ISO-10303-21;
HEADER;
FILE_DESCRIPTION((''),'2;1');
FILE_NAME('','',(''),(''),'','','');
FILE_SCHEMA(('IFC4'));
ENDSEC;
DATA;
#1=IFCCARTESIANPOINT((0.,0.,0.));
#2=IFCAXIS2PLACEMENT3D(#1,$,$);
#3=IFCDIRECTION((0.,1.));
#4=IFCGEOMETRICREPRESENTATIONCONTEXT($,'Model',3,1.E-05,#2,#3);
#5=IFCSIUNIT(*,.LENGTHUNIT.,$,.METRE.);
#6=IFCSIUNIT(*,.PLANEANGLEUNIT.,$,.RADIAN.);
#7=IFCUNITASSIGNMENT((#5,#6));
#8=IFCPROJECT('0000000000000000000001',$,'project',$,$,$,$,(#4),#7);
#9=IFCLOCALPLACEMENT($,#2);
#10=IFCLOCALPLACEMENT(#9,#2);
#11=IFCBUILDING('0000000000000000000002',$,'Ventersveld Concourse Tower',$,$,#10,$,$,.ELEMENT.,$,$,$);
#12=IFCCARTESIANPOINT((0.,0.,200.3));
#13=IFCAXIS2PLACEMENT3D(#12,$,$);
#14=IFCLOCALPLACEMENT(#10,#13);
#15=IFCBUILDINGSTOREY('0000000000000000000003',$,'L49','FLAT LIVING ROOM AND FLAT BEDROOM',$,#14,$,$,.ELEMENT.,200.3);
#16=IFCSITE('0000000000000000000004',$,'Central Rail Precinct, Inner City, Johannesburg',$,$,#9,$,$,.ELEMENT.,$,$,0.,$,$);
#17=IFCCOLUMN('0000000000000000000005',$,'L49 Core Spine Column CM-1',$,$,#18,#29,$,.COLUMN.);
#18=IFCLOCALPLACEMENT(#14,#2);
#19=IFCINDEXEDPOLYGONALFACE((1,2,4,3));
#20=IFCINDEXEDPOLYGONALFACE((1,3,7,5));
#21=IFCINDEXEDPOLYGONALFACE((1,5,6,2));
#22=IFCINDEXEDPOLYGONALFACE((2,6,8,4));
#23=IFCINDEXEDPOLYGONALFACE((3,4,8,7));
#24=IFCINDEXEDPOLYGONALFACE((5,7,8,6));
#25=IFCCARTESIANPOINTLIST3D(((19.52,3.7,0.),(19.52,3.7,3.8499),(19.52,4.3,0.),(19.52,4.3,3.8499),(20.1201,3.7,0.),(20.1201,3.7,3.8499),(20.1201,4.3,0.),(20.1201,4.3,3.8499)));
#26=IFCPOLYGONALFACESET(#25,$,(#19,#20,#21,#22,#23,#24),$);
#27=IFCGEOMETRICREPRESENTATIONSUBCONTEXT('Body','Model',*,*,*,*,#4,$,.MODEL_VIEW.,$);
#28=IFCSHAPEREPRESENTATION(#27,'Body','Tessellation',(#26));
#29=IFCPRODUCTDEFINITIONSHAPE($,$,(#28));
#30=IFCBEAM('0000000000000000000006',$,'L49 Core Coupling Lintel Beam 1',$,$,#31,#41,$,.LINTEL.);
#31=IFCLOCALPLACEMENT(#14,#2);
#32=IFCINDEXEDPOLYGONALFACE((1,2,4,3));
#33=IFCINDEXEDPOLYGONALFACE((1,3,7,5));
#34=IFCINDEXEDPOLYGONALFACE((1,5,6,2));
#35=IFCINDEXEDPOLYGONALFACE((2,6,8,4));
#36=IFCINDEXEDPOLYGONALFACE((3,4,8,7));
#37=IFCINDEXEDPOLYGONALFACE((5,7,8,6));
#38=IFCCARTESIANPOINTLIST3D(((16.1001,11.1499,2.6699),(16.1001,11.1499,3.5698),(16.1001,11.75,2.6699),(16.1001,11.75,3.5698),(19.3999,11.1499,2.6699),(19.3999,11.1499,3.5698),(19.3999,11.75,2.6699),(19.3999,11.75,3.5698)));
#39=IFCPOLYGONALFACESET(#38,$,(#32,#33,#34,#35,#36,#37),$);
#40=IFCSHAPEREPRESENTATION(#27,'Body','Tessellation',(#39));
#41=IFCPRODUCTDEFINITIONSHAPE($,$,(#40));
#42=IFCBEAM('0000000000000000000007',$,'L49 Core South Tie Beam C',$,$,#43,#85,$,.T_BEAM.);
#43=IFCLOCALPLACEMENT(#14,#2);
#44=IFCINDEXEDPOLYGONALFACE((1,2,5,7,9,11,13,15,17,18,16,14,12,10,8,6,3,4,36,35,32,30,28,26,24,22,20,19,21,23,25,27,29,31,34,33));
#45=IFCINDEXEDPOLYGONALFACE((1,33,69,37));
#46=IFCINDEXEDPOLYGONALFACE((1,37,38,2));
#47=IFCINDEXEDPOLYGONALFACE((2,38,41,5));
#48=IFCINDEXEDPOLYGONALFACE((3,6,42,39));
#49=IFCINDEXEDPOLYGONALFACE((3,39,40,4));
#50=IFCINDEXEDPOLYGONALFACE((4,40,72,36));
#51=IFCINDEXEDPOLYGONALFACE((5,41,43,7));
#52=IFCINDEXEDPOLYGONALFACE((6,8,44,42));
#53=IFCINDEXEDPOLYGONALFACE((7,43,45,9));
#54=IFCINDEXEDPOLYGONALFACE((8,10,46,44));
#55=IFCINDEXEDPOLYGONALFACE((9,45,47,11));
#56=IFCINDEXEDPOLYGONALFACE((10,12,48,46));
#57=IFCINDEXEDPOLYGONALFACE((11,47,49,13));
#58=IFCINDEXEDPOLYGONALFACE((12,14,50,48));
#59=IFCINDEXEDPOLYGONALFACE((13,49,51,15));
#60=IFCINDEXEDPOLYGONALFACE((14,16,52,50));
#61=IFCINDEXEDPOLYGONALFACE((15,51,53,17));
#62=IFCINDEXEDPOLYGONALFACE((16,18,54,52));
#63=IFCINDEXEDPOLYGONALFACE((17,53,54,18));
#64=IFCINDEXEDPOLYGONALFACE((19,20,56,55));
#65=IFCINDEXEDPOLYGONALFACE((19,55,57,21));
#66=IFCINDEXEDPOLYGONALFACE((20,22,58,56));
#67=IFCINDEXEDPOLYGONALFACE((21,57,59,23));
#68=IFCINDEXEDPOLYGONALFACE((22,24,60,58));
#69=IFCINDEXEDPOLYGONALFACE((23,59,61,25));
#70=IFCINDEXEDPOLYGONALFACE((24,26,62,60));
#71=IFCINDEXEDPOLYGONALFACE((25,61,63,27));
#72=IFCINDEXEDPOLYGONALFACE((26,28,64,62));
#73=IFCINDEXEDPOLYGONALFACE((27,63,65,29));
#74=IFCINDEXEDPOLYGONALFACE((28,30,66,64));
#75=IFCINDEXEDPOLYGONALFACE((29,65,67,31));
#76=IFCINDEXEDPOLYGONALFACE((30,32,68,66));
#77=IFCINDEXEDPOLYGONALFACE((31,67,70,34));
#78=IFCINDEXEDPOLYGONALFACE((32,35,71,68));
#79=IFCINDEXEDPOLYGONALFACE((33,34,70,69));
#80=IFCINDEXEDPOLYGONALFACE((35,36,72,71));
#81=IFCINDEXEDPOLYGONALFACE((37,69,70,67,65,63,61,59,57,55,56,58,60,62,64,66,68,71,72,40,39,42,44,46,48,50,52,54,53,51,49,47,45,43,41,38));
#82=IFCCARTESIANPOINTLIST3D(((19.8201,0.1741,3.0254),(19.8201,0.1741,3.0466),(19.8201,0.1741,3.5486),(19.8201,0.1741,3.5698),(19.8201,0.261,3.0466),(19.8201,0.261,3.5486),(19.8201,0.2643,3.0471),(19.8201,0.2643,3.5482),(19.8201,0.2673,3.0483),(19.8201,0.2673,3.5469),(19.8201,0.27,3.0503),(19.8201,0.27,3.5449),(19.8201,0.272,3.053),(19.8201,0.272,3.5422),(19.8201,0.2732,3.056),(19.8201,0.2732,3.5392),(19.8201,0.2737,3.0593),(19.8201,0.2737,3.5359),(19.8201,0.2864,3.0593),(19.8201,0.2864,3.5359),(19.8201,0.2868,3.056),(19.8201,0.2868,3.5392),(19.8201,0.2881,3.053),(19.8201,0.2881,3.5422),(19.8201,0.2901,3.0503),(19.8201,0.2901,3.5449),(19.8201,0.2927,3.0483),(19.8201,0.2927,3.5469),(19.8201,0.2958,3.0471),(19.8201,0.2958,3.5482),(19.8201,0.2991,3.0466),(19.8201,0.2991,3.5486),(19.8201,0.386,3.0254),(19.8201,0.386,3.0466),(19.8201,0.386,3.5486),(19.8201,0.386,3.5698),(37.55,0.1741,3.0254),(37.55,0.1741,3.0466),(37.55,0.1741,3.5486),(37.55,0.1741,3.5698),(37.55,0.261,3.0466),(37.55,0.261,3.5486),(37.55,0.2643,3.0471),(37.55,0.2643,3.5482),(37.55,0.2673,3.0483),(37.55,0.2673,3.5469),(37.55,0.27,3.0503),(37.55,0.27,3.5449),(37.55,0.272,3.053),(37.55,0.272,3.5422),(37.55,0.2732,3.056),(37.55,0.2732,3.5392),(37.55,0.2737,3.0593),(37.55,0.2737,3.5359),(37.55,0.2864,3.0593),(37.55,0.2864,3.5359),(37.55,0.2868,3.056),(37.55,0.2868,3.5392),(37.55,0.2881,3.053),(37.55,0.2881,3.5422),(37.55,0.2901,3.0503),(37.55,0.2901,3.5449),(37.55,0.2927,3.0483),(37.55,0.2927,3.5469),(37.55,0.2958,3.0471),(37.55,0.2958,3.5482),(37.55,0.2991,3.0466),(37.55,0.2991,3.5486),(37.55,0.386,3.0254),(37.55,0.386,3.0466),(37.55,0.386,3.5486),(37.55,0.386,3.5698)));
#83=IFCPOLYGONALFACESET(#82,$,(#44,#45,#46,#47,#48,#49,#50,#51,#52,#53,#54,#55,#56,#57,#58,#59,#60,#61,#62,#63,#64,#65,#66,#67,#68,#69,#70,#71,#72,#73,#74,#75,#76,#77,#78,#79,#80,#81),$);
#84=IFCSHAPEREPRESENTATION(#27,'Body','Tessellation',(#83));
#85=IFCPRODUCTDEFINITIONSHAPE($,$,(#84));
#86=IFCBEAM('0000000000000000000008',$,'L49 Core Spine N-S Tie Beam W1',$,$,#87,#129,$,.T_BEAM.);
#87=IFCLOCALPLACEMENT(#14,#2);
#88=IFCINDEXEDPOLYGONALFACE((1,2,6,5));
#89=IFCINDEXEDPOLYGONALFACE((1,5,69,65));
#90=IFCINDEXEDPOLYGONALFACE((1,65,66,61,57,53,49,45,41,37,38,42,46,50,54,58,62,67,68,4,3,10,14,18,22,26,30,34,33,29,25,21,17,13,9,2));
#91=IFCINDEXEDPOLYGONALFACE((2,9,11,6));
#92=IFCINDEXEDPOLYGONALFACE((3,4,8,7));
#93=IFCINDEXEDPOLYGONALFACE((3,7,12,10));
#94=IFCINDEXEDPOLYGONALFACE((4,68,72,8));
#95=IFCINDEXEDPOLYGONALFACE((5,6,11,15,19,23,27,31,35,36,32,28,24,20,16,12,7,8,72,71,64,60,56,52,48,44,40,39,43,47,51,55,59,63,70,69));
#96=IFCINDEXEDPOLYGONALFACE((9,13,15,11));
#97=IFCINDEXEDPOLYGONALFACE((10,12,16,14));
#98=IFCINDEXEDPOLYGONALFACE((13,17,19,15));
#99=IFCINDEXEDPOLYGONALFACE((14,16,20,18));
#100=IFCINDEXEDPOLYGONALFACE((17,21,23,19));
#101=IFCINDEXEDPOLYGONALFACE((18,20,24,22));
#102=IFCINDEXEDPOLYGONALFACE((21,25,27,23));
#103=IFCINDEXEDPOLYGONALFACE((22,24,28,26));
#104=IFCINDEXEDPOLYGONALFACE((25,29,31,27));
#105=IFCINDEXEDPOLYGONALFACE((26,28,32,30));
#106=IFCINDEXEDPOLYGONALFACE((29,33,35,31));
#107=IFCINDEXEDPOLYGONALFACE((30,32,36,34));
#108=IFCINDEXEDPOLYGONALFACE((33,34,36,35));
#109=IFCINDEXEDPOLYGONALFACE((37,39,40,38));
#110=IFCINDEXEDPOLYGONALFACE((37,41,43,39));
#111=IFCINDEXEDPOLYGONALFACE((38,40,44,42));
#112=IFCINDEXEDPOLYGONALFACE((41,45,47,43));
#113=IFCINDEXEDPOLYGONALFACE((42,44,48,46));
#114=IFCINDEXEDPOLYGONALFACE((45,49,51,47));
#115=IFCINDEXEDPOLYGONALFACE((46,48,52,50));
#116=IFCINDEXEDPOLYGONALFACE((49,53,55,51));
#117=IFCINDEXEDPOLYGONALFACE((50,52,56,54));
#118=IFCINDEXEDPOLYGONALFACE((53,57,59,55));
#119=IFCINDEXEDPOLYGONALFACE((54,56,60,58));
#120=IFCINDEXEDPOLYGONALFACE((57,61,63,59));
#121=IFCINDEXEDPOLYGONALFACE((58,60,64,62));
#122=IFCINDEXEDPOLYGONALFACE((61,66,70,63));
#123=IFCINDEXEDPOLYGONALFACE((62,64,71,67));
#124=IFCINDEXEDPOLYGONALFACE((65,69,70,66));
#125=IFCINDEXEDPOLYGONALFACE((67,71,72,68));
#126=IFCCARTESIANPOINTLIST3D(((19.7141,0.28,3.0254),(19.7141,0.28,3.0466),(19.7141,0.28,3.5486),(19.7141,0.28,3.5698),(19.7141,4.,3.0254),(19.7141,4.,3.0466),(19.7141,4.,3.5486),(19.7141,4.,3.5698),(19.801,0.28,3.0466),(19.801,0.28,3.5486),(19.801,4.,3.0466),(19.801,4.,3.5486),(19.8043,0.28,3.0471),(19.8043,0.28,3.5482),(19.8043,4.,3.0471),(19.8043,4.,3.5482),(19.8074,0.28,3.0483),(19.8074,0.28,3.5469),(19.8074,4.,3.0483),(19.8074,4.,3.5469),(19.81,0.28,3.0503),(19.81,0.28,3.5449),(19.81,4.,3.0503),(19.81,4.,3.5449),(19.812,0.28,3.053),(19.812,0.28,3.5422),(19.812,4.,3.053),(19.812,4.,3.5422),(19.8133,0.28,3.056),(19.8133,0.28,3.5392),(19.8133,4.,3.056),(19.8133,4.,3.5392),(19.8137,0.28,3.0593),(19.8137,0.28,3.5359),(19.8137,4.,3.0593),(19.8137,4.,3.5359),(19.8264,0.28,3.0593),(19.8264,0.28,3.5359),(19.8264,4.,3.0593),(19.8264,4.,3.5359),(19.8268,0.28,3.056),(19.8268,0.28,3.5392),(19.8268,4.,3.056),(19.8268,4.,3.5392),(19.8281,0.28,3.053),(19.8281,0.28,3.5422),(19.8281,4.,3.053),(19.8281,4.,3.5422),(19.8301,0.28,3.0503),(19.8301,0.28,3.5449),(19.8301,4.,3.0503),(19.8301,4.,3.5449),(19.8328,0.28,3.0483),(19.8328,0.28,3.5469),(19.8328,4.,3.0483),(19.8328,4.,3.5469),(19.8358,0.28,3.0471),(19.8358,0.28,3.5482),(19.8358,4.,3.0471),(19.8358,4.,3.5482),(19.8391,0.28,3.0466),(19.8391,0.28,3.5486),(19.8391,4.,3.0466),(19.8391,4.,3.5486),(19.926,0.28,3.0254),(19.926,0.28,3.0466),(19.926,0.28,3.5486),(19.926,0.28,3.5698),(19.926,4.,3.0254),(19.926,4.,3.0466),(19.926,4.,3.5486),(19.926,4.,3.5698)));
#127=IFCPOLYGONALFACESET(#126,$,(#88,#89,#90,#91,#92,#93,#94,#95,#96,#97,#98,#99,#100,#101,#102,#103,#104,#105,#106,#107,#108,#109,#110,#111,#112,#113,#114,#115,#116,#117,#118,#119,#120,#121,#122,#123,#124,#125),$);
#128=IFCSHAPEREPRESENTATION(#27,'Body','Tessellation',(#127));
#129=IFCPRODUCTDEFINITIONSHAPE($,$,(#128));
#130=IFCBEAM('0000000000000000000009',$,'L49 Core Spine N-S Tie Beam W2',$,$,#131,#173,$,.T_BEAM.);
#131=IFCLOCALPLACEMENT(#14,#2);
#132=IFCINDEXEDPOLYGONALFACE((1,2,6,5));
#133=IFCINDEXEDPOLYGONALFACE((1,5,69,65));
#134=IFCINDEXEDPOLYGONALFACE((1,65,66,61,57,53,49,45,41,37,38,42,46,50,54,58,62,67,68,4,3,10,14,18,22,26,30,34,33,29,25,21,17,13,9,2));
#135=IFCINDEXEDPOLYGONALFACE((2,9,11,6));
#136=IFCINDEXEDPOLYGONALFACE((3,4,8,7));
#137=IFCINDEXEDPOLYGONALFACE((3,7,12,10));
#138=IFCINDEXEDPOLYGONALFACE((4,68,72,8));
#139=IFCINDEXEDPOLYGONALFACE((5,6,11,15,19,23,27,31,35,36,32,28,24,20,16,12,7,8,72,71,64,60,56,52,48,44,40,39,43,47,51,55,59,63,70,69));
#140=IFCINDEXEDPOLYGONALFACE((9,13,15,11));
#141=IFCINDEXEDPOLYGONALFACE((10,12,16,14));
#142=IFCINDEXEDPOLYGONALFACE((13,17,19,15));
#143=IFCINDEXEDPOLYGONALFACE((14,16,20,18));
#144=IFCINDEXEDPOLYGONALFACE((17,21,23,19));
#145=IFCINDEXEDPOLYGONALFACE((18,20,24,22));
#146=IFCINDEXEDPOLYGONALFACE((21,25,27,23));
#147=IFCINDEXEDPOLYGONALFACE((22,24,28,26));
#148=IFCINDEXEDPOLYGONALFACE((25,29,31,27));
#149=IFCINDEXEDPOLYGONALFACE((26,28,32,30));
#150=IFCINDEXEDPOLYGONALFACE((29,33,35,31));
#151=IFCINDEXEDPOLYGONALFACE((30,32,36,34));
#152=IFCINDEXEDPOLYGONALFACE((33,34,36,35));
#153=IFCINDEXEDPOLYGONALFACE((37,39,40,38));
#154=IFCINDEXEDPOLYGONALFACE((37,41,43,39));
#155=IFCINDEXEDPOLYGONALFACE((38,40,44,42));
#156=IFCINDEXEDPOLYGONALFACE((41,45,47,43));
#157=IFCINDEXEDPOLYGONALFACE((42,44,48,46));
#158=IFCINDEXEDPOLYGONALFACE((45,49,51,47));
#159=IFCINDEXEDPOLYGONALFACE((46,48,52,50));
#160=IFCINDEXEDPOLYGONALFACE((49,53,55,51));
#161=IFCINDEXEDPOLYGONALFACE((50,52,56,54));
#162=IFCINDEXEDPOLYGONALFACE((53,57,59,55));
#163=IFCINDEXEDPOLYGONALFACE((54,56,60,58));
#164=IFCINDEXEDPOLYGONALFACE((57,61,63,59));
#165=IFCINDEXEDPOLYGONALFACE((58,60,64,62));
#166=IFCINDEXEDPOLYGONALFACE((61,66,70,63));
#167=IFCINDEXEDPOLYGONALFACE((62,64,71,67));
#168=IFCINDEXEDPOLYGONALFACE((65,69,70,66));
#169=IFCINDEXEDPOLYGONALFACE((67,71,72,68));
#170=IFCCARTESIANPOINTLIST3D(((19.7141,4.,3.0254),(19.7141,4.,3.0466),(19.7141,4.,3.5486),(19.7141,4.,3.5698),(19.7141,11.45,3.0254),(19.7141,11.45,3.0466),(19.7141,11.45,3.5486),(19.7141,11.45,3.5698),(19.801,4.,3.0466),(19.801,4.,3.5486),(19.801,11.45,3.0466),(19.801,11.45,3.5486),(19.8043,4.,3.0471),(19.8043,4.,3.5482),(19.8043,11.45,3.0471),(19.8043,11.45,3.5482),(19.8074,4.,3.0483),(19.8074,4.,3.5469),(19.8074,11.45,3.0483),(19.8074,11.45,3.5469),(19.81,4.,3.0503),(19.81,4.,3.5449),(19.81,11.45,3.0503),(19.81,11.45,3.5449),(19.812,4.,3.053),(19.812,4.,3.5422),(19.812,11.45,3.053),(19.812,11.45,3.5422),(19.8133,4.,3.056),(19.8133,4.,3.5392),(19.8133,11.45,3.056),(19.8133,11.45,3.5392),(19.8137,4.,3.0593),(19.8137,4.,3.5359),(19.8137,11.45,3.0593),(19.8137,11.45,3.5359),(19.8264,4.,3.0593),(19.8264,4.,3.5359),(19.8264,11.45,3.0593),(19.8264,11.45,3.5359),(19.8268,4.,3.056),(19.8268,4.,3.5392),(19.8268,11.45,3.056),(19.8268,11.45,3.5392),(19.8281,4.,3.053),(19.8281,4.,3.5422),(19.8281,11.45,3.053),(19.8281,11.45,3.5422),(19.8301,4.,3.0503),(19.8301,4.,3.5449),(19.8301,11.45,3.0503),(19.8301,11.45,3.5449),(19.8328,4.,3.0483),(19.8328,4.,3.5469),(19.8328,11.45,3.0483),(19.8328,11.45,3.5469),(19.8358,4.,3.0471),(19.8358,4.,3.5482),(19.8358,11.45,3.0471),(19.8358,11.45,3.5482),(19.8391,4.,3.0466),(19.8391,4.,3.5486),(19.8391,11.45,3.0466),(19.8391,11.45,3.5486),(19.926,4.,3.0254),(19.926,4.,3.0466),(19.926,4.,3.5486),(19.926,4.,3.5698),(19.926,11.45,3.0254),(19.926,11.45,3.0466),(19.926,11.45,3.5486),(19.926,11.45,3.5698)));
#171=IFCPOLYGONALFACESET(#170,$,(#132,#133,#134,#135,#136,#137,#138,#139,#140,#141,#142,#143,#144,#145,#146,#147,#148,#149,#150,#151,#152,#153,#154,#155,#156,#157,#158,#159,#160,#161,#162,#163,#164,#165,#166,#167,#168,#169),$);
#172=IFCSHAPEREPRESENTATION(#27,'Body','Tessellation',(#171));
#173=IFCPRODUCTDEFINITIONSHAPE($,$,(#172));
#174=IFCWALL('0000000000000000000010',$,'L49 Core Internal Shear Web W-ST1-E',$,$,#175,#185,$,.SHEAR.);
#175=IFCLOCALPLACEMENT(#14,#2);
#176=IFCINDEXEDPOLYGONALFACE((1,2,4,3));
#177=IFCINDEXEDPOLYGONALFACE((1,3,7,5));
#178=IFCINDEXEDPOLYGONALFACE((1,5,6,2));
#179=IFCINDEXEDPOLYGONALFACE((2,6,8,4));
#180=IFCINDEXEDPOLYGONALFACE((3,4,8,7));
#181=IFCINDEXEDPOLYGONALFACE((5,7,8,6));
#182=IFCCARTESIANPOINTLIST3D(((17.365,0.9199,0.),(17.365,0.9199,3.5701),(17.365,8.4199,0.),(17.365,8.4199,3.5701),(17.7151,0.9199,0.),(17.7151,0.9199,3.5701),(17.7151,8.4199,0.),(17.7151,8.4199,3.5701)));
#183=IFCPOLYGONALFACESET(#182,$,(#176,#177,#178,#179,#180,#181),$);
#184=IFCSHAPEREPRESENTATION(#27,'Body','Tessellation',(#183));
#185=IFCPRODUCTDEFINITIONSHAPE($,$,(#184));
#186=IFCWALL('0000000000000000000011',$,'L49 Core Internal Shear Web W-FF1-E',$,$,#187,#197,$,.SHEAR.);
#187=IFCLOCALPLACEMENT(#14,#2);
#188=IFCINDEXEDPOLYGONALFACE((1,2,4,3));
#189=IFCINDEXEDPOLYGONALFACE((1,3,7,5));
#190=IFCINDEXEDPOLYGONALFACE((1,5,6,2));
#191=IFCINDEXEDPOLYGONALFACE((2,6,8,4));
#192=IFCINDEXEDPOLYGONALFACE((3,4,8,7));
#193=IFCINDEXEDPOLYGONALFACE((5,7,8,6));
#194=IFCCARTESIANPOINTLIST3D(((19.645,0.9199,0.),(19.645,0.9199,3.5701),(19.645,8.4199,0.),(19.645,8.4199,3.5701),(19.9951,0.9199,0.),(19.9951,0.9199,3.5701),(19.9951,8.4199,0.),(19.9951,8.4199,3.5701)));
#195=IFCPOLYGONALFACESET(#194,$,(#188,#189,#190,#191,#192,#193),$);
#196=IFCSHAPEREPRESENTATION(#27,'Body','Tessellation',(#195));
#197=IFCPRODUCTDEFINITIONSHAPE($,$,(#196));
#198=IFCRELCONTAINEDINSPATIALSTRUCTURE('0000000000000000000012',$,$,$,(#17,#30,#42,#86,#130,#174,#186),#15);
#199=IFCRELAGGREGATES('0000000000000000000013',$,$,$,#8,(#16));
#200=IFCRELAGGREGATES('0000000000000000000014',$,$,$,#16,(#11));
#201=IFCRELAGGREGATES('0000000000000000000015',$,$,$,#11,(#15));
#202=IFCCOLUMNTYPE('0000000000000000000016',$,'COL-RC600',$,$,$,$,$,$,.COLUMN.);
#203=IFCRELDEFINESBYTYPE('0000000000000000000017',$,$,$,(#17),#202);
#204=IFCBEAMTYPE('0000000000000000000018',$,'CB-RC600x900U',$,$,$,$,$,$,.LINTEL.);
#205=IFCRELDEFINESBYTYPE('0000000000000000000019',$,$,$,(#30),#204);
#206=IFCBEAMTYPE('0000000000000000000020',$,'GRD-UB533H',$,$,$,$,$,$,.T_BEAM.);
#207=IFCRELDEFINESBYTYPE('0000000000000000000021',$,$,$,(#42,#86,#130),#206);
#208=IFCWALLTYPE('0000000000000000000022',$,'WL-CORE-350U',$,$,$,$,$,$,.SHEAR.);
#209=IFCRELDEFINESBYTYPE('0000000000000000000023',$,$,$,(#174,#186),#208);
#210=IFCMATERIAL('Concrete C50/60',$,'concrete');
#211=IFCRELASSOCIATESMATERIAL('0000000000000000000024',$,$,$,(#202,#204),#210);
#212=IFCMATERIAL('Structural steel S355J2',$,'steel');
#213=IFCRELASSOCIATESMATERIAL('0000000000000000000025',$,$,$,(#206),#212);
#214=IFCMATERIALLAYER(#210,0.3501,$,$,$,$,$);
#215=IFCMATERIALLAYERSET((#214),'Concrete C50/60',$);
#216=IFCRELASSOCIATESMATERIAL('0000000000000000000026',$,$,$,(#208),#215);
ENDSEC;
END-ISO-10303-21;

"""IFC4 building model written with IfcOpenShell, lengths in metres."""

from ifc_helpers import new_model, si_unit, direction, frame, frame_2d, origin, origin_2d, place, context, subcontext, project, spatial, rectangle, i_section, extrude, material, layer, layer_set, material_profile, profile_set, type_object, element, save


model = new_model("IFC4")

# Units and contexts
model_context = context("Model", 3, precision=1e-05, world=origin(), true_north=direction((0.0, 1.0)))
body_context = subcontext(model_context, "Body", "Model", "MODEL_VIEW")
ifc_project = project(units=[si_unit("LENGTHUNIT", "METRE"), si_unit("PLANEANGLEUNIT", "RADIAN")], contexts=[model_context])

# Site, building, storey
site_placement = place(None, origin())
site = spatial("IfcSite", under=ifc_project, at=site_placement, Name="Central Rail Precinct, Inner City, Johannesburg", CompositionType="ELEMENT", RefElevation=0.0)
building_placement = place(site_placement, origin())
building = spatial("IfcBuilding", under=site, at=building_placement, Name="Ventersveld Concourse Tower", CompositionType="ELEMENT")
storey_placement = place(building_placement, frame((0.0, 0.0, 200.3)))
storey = spatial("IfcBuildingStorey", under=building, at=storey_placement, Name="L49", Description="FLAT LIVING ROOM AND FLAT BEDROOM", CompositionType="ELEMENT", Elevation=200.3)

# Column
ifc_material_1 = material(Name="Concrete C50/60", Category="concrete")
ifc_material_profile_1 = material_profile(ifc_material_1, rectangle(XDim=0.6001, YDim=0.6001, at=origin_2d()), Name="RC 600x600")
ifc_profile_set_1 = profile_set([ifc_material_profile_1], Name="Concrete C50/60")
column_type = type_object("IfcColumnType", Name="COL-RC600", PredefinedType="COLUMN", material=ifc_profile_set_1)
column_placement = place(storey_placement, frame((19.8201, 4.0, 0.0), z_axis=(0.0, 0.0, 1.0), x_axis=(1.0, 0.0, 0.0)))
element("IfcColumn", 1, at=column_placement, inside=storey, type_object=column_type, Name="L49 Core Spine Column CM-1", PredefinedType="COLUMN", context=body_context, shape_type="SweptSolid", body=[
    extrude(rectangle(XDim=0.6001, YDim=0.6001, at=origin_2d()), origin(), (0.0, 0.0, 1.0), 3.8499),
])

# Beams
ifc_material_profile_2 = material_profile(ifc_material_1, rectangle(XDim=0.6001, YDim=0.8999, at=origin_2d()), Name="RC 600x900")
ifc_profile_set_2 = profile_set([ifc_material_profile_2], Name="Concrete C50/60")
beam_type_1 = type_object("IfcBeamType", Name="CB-RC600x900U", PredefinedType="LINTEL", material=ifc_profile_set_2)
beam_1_placement = place(storey_placement, frame((16.1001, 11.45, 3.1199), z_axis=(1.0, 0.0, 0.0), x_axis=(0.0, 1.0, 0.0)))
element("IfcBeam", 2, at=beam_1_placement, inside=storey, type_object=beam_type_1, Name="L49 Core Coupling Lintel Beam 1", PredefinedType="LINTEL", context=body_context, shape_type="SweptSolid", body=[
    extrude(rectangle(XDim=0.6001, YDim=0.8999, at=origin_2d()), origin(), (0.0, 0.0, 1.0), 3.2998),
])
ifc_material_2 = material(Name="Structural steel S355J2", Category="steel")
ifc_material_profile_3 = material_profile(ifc_material_2, i_section(OverallWidth=0.2119, OverallDepth=0.5444, WebThickness=0.0127, FlangeThickness=0.0212, FilletRadius=0.0127, at=origin_2d()), Name="UB 533x210x122")
ifc_profile_set_3 = profile_set([ifc_material_profile_3], Name="Structural steel S355J2")
beam_type_2 = type_object("IfcBeamType", Name="GRD-UB533H", PredefinedType="T_BEAM", material=ifc_profile_set_3)
beam_2_placement = place(storey_placement, frame((19.8201, 0.28, 3.2976), z_axis=(1.0, 0.0, 0.0), x_axis=(0.0, 1.0, 0.0)))
element("IfcBeam", 3, at=beam_2_placement, inside=storey, type_object=beam_type_2, Name="L49 Core South Tie Beam C", PredefinedType="T_BEAM", context=body_context, shape_type="SweptSolid", body=[
    extrude(i_section(OverallWidth=0.2119, OverallDepth=0.5444, WebThickness=0.0127, FlangeThickness=0.0212, FilletRadius=0.0127, at=origin_2d()), origin(), (0.0, 0.0, 1.0), 17.73),
])
beam_3_placement = place(storey_placement, frame((19.8201, 0.28, 3.2976), z_axis=(0.0, 1.0, 0.0), x_axis=(-1.0, 0.0, 0.0)))
element("IfcBeam", 4, at=beam_3_placement, inside=storey, type_object=beam_type_2, Name="L49 Core Spine N-S Tie Beam W1", PredefinedType="T_BEAM", context=body_context, shape_type="SweptSolid", body=[
    extrude(i_section(OverallWidth=0.2119, OverallDepth=0.5444, WebThickness=0.0127, FlangeThickness=0.0212, FilletRadius=0.0127, at=origin_2d()), origin(), (0.0, 0.0, 1.0), 3.72),
])
beam_4_placement = place(storey_placement, frame((19.8201, 4.0, 3.2976), z_axis=(0.0, 1.0, 0.0), x_axis=(-1.0, 0.0, 0.0)))
element("IfcBeam", 5, at=beam_4_placement, inside=storey, type_object=beam_type_2, Name="L49 Core Spine N-S Tie Beam W2", PredefinedType="T_BEAM", context=body_context, shape_type="SweptSolid", body=[
    extrude(i_section(OverallWidth=0.2119, OverallDepth=0.5444, WebThickness=0.0127, FlangeThickness=0.0212, FilletRadius=0.0127, at=origin_2d()), origin(), (0.0, 0.0, 1.0), 7.45),
])

# Walls
ifc_layer_1 = layer(ifc_material_1, 0.3501)
ifc_layer_set_1 = layer_set([ifc_layer_1], Name="Concrete C50/60")
wall_type_1 = type_object("IfcWallType", Name="WL-CORE-350U", PredefinedType="SHEAR", material=ifc_layer_set_1)
for number, where, z_axis, x_axis, name in (
    (6, (17.54, 0.9199, 0.0), (0.0, 0.0, 1.0), (0.0, 1.0, 0.0), "L49 Core Internal Shear Web W-ST1-E"),
    (7, (19.8201, 0.9199, 0.0), (0.0, 0.0, 1.0), (0.0, 1.0, 0.0), "L49 Core Internal Shear Web W-FF1-E"),
):
    element("IfcWall", number, at=place(storey_placement, frame(where, z_axis=z_axis, x_axis=x_axis)), inside=storey, type_object=wall_type_1, Name=name, PredefinedType="SHEAR", context=body_context, shape_type="SweptSolid", body=[
        extrude(rectangle(XDim=7.5, YDim=0.3501, at=frame_2d((3.75, 0.0))), origin(), (0.0, 0.0, 1.0), 3.5701),
    ])

save(model, "model.ifc")
